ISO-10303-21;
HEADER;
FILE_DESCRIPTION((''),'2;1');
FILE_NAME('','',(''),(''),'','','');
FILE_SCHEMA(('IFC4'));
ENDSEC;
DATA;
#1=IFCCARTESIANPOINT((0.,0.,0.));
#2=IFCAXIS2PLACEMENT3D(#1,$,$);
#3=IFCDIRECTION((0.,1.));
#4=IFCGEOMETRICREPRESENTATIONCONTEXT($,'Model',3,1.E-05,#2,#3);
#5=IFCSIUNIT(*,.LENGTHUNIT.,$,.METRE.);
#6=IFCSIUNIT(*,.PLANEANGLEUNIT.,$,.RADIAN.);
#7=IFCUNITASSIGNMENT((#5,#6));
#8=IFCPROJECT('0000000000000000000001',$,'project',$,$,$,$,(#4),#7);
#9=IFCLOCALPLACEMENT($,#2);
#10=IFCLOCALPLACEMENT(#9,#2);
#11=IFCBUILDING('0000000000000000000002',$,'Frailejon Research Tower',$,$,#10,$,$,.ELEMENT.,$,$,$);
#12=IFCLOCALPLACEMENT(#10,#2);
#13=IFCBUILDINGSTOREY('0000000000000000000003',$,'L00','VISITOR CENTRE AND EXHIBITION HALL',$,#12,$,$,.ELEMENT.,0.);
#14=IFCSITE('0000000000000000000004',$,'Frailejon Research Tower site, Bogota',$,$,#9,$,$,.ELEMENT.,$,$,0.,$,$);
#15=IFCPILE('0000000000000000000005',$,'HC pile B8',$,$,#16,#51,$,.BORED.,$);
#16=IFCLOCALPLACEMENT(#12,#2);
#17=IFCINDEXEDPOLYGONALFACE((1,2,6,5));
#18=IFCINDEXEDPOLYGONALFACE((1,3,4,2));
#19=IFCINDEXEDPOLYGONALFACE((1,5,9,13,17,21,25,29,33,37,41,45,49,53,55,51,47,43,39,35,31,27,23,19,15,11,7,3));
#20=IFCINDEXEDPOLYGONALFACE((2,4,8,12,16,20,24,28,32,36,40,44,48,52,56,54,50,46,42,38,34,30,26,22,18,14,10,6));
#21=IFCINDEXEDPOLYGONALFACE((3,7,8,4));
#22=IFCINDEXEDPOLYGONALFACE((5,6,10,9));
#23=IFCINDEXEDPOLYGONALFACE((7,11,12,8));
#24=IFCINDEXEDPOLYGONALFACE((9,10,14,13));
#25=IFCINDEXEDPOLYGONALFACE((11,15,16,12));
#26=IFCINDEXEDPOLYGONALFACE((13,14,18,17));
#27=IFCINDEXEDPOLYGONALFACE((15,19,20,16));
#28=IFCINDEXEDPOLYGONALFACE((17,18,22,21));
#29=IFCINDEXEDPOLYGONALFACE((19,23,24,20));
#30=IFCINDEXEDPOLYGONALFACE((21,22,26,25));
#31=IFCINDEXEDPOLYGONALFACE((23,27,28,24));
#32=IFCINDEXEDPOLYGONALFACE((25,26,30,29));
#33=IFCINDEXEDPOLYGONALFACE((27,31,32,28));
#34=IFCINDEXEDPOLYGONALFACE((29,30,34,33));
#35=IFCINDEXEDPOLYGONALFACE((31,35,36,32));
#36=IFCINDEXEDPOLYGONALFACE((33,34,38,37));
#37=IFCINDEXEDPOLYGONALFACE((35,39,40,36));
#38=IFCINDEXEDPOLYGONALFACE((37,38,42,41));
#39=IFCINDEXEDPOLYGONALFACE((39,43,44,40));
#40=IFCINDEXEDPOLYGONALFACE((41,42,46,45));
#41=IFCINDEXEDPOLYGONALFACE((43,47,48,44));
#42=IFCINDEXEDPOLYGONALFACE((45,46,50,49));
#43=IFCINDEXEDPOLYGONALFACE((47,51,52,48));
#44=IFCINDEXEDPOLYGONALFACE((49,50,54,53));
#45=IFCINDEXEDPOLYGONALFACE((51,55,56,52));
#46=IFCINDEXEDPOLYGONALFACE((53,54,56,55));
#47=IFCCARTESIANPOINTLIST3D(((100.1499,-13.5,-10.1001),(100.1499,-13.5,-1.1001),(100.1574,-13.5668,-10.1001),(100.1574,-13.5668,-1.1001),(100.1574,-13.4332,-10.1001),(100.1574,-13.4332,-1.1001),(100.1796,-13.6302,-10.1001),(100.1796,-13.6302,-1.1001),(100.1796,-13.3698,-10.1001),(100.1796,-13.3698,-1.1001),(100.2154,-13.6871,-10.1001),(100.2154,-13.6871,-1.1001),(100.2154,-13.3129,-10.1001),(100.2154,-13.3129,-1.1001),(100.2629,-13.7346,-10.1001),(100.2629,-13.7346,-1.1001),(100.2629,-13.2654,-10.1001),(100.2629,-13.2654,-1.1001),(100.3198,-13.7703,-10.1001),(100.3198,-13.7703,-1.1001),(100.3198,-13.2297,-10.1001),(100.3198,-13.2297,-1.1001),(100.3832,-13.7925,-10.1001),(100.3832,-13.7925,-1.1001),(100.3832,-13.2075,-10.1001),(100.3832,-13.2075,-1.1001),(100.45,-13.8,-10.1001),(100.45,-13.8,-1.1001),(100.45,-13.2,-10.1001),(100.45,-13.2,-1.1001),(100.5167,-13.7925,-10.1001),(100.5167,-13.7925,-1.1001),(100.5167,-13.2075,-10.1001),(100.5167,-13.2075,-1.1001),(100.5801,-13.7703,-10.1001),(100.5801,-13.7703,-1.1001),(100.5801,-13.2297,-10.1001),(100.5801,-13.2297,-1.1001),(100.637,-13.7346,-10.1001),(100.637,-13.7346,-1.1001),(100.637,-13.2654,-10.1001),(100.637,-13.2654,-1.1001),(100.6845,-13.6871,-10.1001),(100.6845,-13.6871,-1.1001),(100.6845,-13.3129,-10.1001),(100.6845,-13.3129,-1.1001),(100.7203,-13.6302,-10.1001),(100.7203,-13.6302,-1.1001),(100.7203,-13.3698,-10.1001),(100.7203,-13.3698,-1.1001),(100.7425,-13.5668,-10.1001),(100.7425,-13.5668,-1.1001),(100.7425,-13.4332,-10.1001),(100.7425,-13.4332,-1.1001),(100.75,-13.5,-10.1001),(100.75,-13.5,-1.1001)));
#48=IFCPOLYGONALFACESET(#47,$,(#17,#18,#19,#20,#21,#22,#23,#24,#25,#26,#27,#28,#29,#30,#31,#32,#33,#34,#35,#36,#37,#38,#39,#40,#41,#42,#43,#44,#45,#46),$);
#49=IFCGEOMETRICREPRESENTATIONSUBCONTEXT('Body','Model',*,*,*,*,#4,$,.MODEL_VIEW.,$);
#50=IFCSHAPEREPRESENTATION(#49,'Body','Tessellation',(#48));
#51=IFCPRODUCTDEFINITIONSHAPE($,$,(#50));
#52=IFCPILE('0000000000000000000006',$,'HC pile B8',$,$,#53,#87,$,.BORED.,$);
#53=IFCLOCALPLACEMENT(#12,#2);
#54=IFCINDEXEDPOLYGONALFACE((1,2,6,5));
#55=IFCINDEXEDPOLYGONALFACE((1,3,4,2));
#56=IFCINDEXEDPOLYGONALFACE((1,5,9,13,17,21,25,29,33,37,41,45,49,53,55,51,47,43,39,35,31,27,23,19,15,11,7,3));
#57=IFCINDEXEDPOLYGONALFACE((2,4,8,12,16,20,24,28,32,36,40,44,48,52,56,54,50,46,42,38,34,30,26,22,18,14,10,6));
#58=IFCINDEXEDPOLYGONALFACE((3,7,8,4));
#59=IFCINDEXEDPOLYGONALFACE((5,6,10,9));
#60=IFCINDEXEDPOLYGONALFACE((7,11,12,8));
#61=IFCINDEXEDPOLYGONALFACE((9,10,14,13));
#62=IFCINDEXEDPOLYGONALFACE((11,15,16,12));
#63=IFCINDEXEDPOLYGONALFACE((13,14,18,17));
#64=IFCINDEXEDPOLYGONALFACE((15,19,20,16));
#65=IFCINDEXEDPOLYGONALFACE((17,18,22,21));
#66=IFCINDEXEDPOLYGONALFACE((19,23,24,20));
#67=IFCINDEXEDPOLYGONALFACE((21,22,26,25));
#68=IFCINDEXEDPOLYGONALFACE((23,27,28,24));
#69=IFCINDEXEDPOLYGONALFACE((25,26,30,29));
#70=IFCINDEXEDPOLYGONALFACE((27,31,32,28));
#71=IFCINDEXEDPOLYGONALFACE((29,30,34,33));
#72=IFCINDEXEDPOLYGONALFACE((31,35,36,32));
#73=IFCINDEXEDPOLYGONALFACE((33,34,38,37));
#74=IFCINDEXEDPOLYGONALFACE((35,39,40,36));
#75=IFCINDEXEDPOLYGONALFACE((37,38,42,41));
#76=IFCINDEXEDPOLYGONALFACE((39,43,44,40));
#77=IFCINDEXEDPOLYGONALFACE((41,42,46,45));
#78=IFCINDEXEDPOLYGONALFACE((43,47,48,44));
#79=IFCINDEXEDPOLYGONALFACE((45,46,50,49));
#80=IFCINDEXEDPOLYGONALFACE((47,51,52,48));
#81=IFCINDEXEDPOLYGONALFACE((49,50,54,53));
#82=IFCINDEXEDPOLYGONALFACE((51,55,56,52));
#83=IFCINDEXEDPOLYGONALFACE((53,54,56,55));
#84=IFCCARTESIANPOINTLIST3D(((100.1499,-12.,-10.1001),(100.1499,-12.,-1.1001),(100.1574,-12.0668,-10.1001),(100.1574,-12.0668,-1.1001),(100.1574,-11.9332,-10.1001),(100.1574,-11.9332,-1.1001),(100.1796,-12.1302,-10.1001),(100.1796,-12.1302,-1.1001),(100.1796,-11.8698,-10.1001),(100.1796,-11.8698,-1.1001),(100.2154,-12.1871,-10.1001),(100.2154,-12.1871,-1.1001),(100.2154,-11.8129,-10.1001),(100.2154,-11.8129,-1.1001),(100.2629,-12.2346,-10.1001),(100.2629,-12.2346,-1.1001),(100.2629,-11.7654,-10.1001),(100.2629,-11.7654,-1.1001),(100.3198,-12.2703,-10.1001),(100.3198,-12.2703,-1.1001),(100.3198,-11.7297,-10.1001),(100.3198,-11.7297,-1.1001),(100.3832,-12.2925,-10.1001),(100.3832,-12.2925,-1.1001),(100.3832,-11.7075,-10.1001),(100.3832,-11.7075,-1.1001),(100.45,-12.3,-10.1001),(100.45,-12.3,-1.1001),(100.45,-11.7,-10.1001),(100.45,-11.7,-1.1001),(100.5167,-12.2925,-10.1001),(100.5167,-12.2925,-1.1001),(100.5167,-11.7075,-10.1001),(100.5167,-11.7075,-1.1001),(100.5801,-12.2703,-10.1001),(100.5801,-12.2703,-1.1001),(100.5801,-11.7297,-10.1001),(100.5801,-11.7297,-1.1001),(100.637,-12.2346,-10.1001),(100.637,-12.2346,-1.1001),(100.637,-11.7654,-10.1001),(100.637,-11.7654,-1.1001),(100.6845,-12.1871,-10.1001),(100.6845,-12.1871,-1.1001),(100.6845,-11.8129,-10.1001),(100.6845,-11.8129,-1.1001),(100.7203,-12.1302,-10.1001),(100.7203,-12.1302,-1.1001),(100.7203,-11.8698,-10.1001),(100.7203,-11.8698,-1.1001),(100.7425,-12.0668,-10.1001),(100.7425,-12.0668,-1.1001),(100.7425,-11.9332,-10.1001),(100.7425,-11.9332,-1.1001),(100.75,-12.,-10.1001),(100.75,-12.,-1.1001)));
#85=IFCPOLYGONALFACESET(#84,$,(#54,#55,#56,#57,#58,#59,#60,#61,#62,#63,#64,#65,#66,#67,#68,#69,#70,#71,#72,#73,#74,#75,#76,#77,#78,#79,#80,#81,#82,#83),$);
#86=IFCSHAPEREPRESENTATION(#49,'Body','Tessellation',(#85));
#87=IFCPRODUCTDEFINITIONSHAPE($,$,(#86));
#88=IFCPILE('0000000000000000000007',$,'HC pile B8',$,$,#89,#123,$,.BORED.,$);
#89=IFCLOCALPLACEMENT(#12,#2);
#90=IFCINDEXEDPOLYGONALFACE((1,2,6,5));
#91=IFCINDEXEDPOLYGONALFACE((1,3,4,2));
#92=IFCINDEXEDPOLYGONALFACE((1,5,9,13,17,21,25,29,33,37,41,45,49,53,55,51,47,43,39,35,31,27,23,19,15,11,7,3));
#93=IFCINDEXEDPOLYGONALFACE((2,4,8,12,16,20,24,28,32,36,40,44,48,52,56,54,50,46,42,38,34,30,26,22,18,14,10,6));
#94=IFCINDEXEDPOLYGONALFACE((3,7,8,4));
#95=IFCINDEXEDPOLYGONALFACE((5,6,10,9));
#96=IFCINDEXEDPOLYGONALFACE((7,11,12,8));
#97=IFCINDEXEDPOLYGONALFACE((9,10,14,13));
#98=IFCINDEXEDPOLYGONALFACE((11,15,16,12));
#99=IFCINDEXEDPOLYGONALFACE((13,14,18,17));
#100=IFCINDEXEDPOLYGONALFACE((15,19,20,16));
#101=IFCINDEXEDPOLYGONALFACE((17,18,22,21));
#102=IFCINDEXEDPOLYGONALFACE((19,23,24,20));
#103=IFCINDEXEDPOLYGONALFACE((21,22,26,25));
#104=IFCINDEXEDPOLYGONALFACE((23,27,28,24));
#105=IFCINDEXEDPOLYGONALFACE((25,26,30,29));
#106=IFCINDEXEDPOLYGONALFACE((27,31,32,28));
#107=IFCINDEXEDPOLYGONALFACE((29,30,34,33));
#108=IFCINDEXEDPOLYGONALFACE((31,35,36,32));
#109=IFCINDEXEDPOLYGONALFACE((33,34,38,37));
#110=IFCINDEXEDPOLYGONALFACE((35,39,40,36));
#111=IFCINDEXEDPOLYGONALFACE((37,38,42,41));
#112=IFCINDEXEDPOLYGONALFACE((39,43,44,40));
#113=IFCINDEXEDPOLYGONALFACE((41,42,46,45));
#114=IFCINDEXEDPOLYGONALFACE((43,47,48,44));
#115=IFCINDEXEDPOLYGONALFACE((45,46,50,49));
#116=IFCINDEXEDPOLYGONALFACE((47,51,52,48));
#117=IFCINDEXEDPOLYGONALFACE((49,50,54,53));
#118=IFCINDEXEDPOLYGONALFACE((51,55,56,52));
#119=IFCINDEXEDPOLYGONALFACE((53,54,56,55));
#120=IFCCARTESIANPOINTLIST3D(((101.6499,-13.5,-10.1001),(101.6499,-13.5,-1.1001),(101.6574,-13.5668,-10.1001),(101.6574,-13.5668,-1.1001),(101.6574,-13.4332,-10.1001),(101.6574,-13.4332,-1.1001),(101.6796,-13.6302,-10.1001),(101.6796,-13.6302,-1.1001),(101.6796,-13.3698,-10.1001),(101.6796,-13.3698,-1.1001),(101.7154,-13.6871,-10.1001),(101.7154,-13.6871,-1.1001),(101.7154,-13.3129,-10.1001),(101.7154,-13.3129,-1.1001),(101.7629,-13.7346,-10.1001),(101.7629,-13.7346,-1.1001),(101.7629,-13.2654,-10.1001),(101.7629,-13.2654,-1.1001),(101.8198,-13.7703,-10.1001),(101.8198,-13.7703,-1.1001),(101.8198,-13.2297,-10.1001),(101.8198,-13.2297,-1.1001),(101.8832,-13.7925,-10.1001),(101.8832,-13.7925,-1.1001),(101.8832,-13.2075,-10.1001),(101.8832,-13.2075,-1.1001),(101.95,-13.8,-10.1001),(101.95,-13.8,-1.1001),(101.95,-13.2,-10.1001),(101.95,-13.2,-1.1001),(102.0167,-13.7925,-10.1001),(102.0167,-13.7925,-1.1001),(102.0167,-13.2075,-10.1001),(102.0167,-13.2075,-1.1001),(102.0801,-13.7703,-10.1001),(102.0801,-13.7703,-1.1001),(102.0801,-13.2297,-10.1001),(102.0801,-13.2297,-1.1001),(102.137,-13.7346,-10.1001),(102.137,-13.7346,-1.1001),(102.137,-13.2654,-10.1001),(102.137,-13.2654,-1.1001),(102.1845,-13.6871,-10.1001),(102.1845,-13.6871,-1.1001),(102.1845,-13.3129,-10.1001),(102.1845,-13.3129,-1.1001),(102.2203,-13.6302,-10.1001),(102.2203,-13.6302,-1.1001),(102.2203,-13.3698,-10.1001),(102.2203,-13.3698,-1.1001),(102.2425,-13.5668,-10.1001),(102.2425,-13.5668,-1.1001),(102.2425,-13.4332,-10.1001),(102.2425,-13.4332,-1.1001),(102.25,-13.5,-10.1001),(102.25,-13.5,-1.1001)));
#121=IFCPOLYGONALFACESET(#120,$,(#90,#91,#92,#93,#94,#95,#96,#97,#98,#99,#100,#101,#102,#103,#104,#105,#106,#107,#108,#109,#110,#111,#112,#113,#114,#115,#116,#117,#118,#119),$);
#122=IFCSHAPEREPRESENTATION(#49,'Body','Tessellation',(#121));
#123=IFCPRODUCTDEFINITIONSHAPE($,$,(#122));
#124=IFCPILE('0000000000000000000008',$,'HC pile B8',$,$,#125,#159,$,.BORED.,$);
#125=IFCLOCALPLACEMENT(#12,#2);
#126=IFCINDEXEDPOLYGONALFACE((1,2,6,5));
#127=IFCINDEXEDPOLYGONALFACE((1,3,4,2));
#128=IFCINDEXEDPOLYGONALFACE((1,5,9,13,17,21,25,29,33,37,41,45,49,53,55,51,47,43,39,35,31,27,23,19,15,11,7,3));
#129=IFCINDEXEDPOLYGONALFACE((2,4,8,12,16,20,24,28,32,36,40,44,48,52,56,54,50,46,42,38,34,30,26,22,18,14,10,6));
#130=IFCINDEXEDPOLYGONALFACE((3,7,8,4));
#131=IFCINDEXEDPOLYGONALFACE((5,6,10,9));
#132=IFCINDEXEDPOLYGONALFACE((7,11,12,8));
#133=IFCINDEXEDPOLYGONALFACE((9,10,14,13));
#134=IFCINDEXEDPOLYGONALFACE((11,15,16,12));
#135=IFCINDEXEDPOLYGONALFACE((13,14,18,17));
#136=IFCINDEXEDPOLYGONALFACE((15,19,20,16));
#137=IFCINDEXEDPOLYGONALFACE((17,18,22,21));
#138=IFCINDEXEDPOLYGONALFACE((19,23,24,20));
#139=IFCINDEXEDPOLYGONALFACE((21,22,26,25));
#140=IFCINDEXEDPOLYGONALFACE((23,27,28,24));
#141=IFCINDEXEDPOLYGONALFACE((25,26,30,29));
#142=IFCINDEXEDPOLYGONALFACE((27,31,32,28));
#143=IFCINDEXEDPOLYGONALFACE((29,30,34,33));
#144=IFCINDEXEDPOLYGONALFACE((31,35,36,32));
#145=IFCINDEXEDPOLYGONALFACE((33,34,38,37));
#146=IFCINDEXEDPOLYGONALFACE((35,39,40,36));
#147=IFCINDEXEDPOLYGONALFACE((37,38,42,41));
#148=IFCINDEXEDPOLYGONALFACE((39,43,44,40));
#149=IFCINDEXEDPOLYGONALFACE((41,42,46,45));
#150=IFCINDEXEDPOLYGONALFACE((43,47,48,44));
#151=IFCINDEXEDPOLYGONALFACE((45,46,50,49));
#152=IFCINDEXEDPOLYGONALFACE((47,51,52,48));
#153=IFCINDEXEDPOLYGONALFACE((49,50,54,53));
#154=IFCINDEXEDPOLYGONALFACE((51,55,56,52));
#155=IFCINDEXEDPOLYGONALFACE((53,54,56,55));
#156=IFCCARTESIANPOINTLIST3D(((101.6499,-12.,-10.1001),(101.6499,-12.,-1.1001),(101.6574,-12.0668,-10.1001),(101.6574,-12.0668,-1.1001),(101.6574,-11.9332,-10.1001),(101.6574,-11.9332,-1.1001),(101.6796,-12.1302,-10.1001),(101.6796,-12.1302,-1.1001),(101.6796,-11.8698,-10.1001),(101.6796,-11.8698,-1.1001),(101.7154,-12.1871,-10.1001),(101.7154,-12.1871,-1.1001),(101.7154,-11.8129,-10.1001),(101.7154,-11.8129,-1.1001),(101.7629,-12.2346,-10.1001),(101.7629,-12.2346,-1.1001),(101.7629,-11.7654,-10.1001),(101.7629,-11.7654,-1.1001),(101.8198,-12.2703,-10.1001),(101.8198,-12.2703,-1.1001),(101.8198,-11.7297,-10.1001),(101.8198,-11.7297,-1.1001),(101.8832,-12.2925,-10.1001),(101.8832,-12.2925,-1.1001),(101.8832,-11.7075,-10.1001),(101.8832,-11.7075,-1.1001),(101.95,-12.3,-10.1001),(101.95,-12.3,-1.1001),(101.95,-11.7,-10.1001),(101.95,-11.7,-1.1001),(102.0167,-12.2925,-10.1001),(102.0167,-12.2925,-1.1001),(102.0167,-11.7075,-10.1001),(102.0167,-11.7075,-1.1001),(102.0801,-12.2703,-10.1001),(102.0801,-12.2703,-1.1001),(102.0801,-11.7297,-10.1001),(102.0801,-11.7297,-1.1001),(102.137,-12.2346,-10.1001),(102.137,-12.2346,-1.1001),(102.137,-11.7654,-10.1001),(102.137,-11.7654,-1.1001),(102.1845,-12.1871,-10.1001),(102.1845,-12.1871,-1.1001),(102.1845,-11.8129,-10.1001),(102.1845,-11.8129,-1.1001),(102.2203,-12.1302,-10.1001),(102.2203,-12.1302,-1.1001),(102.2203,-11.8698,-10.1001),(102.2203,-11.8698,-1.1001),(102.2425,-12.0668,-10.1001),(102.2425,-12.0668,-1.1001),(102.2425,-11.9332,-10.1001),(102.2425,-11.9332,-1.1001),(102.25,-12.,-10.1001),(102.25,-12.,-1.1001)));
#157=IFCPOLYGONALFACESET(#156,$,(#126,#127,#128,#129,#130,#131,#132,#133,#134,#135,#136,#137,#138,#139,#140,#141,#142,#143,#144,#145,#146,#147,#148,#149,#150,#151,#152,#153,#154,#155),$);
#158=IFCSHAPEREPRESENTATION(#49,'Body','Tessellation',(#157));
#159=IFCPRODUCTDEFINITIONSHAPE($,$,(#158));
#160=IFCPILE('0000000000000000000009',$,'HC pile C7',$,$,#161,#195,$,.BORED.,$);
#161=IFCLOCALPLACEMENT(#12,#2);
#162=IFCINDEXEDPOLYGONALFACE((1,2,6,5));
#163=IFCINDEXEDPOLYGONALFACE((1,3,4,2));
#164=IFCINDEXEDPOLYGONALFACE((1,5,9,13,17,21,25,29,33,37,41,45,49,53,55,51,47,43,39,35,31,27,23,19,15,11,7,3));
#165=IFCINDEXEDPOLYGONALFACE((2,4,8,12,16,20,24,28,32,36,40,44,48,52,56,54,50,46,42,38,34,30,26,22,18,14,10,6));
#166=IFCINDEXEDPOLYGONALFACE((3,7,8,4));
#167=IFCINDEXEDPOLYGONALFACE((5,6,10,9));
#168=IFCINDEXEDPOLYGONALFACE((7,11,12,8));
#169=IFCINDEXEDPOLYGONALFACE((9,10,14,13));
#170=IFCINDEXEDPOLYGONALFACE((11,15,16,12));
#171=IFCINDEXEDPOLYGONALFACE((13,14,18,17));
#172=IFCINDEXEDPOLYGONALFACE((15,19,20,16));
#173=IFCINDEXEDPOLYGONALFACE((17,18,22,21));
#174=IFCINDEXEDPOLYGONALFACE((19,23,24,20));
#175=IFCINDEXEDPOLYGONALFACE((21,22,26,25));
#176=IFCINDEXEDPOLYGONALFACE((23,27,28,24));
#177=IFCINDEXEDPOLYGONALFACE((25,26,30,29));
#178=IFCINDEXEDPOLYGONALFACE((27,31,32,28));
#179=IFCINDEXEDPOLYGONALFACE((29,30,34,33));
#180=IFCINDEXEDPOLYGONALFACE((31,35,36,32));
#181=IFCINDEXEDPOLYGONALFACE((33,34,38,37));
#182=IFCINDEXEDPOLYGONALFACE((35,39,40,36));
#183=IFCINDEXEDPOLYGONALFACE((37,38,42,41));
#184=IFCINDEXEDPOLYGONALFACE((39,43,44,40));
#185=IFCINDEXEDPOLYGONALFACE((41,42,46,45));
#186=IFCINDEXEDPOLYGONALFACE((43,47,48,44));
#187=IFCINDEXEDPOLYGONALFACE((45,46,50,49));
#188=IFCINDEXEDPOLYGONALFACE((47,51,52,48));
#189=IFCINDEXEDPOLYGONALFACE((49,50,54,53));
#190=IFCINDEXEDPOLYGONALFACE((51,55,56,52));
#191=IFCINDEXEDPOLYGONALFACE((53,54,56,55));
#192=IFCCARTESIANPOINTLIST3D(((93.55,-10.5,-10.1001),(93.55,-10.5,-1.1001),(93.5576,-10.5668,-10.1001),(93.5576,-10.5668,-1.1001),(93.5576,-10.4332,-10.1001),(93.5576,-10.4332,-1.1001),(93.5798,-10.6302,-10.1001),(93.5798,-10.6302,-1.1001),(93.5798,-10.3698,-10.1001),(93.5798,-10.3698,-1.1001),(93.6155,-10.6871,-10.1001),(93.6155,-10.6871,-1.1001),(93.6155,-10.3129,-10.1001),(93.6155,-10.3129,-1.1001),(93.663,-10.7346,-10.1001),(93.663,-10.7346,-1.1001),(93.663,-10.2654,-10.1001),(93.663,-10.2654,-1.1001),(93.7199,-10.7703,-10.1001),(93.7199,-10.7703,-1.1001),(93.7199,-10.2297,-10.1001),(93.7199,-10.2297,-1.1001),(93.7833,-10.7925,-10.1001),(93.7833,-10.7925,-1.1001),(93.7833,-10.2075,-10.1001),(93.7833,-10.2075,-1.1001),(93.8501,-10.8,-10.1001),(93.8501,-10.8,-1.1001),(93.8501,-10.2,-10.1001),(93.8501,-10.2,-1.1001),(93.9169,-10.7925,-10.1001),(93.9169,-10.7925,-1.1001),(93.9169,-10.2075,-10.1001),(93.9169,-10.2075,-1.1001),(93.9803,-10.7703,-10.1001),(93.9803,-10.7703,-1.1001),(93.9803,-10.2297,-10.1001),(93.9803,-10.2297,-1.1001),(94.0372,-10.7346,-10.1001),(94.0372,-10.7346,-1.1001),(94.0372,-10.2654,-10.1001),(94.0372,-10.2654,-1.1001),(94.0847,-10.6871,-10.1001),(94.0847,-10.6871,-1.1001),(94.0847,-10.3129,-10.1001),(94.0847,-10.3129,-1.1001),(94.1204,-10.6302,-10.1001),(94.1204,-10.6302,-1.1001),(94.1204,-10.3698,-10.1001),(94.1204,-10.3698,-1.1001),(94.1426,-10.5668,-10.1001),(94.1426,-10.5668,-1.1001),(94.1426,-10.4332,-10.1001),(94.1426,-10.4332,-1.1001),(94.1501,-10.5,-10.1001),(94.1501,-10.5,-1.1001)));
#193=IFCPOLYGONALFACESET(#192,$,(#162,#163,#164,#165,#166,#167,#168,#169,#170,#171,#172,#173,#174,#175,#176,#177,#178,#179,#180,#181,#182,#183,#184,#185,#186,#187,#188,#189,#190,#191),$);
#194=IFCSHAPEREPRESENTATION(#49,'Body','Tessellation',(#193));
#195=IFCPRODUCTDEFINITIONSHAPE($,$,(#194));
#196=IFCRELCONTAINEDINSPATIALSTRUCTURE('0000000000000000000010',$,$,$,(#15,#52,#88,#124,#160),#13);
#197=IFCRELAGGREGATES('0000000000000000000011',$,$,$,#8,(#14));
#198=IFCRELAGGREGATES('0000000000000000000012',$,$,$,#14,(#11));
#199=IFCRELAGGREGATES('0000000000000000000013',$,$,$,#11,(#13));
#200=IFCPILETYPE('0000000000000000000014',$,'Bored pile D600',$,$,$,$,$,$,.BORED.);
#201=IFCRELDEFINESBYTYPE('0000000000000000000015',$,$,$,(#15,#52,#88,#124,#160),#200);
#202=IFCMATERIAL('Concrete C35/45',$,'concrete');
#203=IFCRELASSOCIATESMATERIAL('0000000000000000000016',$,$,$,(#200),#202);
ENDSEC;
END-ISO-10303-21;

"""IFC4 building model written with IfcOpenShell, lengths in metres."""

from ifc_helpers import new_model, si_unit, direction, frame, origin, origin_2d, place, context, subcontext, project, spatial, circle, extrude, material, material_profile, profile_set, type_object, element, save


model = new_model("IFC4")

# Units and contexts
model_context = context("Model", 3, precision=1e-05, world=origin(), true_north=direction((0.0, 1.0)))
body_context = subcontext(model_context, "Body", "Model", "MODEL_VIEW")
ifc_project = project(units=[si_unit("LENGTHUNIT", "METRE"), si_unit("PLANEANGLEUNIT", "RADIAN")], contexts=[model_context])

# Site, building, storey
site_placement = place(None, origin())
site = spatial("IfcSite", under=ifc_project, at=site_placement, Name="Frailejon Research Tower site, Bogota", CompositionType="ELEMENT", RefElevation=0.0)
building_placement = place(site_placement, origin())
building = spatial("IfcBuilding", under=site, at=building_placement, Name="Frailejon Research Tower", CompositionType="ELEMENT")
storey_placement = place(building_placement, origin())
storey = spatial("IfcBuildingStorey", under=building, at=storey_placement, Name="L00", Description="VISITOR CENTRE AND EXHIBITION HALL", CompositionType="ELEMENT", Elevation=0.0)

# Piles
ifc_material_1 = material(Name="Concrete C35/45", Category="concrete")
ifc_material_profile_1 = material_profile(ifc_material_1, circle(Radius=0.3, at=origin_2d()), Name="Bored pile D600")
ifc_profile_set_1 = profile_set([ifc_material_profile_1], Name="Concrete C35/45")
pile_type = type_object("IfcPileType", Name="Bored pile D600", PredefinedType="BORED", material=ifc_profile_set_1)
for number, where, z_axis, x_axis, name in (
    (1, (100.45, -13.5, -1.1001), (0.0, 0.0, -1.0), (1.0, 0.0, 0.0), "HC pile B8"),
    (2, (100.45, -12.0, -1.1001), (0.0, 0.0, -1.0), (1.0, 0.0, 0.0), "HC pile B8"),
    (3, (101.95, -13.5, -1.1001), (0.0, 0.0, -1.0), (1.0, 0.0, 0.0), "HC pile B8"),
    (4, (101.95, -12.0, -1.1001), (0.0, 0.0, -1.0), (1.0, 0.0, 0.0), "HC pile B8"),
    (5, (93.8501, -10.5, -1.1001), (0.0, 0.0, -1.0), (1.0, 0.0, 0.0), "HC pile C7"),
):
    element("IfcPile", number, at=place(storey_placement, frame(where, z_axis=z_axis, x_axis=x_axis)), inside=storey, type_object=pile_type, Name=name, PredefinedType="BORED", context=body_context, shape_type="SweptSolid", body=[
        extrude(circle(Radius=0.3, at=origin_2d()), origin(), (0.0, 0.0, 1.0), 9.0),
    ])

save(model, "model.ifc")
